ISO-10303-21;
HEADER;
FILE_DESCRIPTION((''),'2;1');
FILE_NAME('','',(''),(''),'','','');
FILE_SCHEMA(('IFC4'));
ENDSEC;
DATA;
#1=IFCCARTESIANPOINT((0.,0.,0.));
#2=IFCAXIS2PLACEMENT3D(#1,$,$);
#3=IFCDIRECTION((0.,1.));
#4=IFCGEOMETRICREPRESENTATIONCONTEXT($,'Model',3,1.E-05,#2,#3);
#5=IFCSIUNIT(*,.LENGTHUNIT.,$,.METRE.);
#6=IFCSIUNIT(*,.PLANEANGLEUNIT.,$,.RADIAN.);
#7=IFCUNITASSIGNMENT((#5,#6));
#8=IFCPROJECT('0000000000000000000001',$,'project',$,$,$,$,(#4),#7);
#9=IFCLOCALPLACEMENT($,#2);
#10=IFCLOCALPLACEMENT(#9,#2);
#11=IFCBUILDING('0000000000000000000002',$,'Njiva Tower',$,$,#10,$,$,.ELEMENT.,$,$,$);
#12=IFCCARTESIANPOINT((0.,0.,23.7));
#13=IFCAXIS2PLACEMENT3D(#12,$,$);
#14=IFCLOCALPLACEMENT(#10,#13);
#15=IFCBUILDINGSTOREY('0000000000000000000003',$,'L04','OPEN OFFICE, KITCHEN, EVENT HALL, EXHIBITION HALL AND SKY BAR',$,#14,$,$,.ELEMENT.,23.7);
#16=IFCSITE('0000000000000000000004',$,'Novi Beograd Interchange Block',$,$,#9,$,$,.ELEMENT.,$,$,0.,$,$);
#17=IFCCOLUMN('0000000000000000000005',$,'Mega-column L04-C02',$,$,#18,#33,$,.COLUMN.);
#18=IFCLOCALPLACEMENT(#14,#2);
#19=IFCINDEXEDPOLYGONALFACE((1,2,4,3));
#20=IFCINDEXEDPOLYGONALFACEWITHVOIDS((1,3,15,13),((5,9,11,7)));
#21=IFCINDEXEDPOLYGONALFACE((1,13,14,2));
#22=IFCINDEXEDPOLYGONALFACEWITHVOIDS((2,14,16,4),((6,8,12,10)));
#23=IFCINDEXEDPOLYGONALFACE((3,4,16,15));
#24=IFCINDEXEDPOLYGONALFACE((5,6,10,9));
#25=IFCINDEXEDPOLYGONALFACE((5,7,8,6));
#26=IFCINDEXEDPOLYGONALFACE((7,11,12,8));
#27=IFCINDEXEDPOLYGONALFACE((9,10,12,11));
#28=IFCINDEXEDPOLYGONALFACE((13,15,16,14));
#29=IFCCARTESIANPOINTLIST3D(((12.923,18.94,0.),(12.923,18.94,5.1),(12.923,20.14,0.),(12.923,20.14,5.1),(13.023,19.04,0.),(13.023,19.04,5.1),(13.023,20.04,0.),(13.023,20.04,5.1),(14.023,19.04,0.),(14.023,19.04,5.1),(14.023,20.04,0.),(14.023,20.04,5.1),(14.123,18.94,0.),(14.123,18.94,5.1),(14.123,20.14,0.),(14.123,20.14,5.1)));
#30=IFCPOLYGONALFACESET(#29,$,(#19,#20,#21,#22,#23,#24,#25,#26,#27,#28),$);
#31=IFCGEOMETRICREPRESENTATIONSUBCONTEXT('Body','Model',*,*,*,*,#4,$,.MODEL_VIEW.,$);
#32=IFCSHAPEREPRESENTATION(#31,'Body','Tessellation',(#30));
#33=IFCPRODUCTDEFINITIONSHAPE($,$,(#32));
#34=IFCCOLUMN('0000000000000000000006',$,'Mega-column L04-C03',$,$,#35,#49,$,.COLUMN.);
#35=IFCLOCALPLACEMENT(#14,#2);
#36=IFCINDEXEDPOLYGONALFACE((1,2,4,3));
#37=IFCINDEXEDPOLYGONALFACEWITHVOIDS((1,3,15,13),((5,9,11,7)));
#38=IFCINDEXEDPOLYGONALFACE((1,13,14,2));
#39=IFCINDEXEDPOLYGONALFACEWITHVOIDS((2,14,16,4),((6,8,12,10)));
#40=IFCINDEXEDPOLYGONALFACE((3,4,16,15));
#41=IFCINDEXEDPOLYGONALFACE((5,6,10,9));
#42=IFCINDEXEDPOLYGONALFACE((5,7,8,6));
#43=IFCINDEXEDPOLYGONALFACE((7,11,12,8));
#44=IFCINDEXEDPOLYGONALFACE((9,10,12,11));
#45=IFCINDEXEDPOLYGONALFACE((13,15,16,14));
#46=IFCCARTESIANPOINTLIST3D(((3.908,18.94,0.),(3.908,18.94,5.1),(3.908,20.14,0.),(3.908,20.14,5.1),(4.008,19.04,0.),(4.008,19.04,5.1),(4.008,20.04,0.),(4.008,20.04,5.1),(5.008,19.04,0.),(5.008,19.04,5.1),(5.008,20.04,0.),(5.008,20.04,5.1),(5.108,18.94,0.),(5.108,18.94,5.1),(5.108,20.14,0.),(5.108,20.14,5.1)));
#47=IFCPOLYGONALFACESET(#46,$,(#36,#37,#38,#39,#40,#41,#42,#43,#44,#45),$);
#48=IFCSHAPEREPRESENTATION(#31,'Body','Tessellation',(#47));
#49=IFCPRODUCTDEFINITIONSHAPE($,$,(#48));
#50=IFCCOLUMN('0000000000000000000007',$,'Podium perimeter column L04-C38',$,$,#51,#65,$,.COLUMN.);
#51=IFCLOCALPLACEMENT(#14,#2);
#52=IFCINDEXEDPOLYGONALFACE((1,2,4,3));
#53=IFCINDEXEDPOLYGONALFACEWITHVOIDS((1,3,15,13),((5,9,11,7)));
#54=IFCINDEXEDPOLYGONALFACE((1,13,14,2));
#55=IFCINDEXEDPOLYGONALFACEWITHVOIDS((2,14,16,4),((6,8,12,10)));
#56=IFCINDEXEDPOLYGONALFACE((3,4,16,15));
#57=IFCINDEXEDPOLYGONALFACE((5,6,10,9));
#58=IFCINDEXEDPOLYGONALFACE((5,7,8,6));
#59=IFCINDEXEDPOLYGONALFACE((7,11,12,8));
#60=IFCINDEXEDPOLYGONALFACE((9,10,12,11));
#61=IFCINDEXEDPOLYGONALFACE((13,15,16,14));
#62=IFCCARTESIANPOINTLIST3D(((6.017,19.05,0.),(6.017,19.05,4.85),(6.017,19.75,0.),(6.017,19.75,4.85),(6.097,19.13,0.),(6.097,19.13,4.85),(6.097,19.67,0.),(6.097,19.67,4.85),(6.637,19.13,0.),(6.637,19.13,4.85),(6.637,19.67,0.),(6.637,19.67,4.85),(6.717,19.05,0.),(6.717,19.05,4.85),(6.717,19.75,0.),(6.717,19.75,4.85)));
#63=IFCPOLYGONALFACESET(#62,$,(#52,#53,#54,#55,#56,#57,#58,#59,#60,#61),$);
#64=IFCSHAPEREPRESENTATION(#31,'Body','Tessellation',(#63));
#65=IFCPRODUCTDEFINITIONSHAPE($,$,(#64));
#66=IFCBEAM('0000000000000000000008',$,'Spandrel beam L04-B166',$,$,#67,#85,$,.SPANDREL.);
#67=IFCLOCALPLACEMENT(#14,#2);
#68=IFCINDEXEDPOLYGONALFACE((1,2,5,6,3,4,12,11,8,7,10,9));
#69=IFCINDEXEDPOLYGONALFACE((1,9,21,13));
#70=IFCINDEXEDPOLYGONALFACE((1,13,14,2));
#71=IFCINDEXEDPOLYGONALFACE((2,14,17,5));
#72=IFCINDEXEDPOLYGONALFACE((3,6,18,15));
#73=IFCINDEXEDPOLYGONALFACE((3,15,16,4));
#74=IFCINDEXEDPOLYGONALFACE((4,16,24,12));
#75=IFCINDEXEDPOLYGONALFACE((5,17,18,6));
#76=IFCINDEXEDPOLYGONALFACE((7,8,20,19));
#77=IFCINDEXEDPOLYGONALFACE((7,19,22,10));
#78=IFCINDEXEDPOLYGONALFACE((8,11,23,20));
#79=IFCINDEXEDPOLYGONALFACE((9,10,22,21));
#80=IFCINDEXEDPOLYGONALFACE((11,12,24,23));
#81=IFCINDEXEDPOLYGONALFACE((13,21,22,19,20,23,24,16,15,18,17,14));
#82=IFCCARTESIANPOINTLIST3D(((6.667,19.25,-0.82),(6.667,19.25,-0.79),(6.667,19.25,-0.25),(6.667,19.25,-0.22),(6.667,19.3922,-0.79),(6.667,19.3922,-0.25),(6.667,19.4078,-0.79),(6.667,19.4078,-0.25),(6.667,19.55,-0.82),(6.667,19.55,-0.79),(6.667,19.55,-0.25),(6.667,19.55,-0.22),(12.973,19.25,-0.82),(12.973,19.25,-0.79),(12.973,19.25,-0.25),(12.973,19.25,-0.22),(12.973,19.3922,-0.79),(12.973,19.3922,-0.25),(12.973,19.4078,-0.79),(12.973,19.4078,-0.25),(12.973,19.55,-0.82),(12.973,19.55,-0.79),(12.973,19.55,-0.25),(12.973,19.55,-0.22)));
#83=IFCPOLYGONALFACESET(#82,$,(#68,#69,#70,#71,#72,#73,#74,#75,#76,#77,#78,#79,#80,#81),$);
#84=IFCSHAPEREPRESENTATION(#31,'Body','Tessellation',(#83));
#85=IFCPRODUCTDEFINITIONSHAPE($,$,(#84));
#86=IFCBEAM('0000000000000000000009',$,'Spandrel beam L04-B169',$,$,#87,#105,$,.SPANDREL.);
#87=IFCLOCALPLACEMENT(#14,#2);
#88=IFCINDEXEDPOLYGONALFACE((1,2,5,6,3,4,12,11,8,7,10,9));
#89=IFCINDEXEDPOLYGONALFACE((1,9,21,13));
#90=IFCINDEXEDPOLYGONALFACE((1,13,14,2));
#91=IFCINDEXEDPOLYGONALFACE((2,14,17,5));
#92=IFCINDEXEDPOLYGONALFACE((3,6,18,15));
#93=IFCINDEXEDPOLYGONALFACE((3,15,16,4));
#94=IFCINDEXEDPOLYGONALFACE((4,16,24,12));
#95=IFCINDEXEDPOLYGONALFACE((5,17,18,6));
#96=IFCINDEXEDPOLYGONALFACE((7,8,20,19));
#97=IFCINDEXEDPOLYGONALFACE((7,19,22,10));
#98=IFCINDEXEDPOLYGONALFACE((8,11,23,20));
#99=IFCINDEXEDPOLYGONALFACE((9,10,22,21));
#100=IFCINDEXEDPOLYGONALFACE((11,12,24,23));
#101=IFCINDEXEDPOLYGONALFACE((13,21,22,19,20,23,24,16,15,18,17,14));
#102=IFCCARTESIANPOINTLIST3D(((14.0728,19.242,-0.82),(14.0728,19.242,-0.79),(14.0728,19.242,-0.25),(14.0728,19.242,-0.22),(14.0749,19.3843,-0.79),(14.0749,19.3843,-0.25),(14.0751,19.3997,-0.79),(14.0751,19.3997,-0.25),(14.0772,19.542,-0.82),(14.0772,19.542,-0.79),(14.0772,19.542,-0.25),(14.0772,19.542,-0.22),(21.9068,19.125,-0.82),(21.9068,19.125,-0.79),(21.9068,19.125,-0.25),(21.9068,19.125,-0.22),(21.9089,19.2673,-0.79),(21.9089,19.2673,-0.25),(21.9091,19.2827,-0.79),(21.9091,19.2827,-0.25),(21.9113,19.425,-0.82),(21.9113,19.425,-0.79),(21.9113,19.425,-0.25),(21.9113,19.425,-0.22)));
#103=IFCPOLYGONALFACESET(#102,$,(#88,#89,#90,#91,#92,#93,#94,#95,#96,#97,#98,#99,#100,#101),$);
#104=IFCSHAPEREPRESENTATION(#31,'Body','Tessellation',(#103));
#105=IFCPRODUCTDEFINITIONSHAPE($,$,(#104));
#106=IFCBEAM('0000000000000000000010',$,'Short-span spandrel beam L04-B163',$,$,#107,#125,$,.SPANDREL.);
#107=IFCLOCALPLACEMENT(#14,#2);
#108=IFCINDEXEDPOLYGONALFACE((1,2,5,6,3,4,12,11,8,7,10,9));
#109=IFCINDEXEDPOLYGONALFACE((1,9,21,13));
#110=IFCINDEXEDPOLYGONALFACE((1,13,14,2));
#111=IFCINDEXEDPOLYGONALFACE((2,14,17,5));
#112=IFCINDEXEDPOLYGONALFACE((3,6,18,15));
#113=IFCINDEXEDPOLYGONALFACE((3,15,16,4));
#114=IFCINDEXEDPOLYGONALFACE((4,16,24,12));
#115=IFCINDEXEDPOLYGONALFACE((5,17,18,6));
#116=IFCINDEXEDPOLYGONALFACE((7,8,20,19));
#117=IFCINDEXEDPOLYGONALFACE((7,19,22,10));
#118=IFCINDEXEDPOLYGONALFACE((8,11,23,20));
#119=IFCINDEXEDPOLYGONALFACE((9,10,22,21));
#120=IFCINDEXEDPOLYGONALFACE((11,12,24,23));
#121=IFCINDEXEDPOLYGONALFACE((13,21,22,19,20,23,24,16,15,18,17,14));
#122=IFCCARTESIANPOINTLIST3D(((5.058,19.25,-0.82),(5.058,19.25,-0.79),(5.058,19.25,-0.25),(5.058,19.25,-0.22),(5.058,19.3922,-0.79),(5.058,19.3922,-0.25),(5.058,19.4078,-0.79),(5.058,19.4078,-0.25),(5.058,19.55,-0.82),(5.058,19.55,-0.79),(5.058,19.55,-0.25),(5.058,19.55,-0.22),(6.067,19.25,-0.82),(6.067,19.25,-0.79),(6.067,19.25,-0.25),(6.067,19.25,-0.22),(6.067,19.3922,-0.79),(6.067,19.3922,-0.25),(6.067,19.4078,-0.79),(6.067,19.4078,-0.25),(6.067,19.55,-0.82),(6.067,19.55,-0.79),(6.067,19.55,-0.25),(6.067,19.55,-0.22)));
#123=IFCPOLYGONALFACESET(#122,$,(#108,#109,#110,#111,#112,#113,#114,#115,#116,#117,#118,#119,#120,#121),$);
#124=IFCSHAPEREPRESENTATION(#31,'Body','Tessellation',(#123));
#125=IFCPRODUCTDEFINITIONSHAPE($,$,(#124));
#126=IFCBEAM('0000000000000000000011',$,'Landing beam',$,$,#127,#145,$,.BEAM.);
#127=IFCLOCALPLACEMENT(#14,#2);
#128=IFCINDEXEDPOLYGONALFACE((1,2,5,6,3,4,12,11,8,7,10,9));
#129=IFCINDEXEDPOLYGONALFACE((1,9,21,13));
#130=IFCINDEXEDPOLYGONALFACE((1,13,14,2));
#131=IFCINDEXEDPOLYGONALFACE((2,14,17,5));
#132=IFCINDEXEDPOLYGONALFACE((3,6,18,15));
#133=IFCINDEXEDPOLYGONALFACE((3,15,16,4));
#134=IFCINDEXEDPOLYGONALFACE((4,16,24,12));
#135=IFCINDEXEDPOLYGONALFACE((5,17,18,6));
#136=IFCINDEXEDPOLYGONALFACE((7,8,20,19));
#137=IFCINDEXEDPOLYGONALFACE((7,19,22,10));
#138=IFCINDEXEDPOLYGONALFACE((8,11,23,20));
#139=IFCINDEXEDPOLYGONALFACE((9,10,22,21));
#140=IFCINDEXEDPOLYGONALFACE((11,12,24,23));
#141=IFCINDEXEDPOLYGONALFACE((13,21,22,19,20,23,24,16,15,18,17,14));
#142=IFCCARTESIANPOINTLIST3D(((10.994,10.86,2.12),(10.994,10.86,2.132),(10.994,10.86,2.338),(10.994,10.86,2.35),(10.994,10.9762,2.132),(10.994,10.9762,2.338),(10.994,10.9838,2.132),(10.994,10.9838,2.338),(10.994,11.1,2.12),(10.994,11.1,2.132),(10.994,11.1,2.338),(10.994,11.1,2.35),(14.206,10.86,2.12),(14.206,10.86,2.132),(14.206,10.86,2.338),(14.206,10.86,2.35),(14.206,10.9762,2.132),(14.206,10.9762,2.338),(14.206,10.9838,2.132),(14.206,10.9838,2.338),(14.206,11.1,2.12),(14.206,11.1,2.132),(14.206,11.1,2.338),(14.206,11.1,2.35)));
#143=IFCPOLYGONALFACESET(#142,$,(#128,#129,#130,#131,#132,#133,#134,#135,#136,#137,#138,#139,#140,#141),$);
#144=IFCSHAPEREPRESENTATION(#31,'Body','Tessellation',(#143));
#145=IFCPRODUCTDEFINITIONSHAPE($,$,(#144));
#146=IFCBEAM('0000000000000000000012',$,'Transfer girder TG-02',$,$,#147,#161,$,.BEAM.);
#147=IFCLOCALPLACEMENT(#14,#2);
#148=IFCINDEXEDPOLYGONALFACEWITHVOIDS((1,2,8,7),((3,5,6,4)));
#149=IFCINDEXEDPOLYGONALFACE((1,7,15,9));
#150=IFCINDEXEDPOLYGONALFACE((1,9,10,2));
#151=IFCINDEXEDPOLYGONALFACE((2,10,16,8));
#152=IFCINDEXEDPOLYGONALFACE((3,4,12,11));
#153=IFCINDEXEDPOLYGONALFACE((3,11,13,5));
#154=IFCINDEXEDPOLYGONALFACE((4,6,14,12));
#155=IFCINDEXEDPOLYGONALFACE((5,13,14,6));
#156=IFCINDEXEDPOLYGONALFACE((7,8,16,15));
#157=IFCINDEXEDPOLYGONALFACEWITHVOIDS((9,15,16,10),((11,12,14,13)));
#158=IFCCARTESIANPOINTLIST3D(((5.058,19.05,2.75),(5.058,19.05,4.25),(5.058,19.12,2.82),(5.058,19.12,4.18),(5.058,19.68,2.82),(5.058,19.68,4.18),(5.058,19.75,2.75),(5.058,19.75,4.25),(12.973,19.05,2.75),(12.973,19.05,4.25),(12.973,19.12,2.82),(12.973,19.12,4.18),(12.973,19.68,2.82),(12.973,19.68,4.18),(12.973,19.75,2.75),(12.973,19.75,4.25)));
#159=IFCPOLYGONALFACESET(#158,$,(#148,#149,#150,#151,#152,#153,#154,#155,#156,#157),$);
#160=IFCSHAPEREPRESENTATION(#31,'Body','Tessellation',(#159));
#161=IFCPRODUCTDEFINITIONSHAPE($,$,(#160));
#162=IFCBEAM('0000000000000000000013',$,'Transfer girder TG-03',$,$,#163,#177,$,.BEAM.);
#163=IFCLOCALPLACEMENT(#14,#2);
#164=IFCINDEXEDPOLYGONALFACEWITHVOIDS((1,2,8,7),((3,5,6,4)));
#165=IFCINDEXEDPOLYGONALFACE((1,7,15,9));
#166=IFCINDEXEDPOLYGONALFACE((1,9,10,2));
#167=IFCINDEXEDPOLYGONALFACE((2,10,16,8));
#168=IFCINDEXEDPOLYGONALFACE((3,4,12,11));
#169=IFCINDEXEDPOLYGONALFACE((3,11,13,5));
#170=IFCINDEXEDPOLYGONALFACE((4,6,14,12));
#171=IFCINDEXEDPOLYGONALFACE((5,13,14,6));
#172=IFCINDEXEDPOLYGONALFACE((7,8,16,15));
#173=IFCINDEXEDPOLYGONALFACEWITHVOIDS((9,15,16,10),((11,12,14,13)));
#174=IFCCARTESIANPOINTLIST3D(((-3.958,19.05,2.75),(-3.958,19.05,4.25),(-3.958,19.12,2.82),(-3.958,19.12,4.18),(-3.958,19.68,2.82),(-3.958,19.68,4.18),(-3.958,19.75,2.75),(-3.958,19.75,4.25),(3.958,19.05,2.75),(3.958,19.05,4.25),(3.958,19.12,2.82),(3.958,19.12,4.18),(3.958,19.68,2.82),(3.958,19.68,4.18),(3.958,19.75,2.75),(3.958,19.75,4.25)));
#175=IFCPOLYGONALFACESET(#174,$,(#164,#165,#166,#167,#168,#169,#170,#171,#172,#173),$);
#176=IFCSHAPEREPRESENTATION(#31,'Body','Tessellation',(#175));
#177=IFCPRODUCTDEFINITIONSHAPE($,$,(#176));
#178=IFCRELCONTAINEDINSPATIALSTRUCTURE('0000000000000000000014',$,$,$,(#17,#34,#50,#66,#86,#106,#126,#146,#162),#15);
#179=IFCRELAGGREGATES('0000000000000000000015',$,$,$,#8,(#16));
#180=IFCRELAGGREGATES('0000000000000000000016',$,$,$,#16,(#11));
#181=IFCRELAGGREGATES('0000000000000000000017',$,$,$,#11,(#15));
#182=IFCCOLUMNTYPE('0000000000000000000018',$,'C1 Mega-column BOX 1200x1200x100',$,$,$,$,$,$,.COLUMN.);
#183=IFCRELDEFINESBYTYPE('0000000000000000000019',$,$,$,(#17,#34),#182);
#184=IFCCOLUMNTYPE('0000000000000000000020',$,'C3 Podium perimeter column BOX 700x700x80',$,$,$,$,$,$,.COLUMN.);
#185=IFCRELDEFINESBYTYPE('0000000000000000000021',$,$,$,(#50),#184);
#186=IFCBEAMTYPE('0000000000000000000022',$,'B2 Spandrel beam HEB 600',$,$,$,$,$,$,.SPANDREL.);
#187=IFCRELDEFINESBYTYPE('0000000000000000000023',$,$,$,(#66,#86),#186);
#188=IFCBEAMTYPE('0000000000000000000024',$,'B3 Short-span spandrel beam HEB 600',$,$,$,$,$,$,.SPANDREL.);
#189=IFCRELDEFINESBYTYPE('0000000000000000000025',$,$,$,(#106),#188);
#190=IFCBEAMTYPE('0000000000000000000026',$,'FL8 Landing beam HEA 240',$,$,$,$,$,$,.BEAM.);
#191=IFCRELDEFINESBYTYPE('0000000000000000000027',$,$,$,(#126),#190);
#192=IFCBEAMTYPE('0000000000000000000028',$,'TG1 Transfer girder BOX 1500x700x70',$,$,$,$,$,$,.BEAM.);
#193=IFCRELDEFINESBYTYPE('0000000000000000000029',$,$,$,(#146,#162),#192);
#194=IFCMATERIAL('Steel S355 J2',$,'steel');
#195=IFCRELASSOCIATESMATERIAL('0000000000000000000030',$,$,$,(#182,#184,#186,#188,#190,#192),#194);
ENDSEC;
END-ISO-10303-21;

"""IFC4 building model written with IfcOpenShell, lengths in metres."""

from ifc_helpers import new_model, si_unit, direction, frame, origin, origin_2d, place, context, subcontext, project, spatial, hollow_rectangle, i_section, extrude, material, material_profile, profile_set, type_object, element, save


model = new_model("IFC4")

# Units and contexts
model_context = context("Model", 3, precision=1e-05, world=origin(), true_north=direction((0.0, 1.0)))
body_context = subcontext(model_context, "Body", "Model", "MODEL_VIEW")
ifc_project = project(units=[si_unit("LENGTHUNIT", "METRE"), si_unit("PLANEANGLEUNIT", "RADIAN")], contexts=[model_context])

# Site, building, storey
site_placement = place(None, origin())
site = spatial("IfcSite", under=ifc_project, at=site_placement, Name="Novi Beograd Interchange Block", CompositionType="ELEMENT", RefElevation=0.0)
building_placement = place(site_placement, origin())
building = spatial("IfcBuilding", under=site, at=building_placement, Name="Njiva Tower", CompositionType="ELEMENT")
storey_placement = place(building_placement, frame((0.0, 0.0, 23.7)))
storey = spatial("IfcBuildingStorey", under=building, at=storey_placement, Name="L04", Description="OPEN OFFICE, KITCHEN, EVENT HALL, EXHIBITION HALL AND SKY BAR", CompositionType="ELEMENT", Elevation=23.7)

# Columns
ifc_material_1 = material(Name="Steel S355 J2", Category="steel")
ifc_material_profile_1 = material_profile(ifc_material_1, hollow_rectangle(XDim=1.2, YDim=1.2, WallThickness=0.1, at=origin_2d()), Name="BOX 1200x1200x100")
ifc_profile_set_1 = profile_set([ifc_material_profile_1], Name="Steel S355 J2")
column_type_1 = type_object("IfcColumnType", Name="C1 Mega-column BOX 1200x1200x100", PredefinedType="COLUMN", material=ifc_profile_set_1)
for number, where, z_axis, x_axis, name in (
    (1, (13.523, 19.54, 0.0), (0.0, 0.0, 1.0), (-1.0, 0.0, 0.0), "Mega-column L04-C02"),
    (2, (4.508, 19.54, 0.0), (0.0, 0.0, 1.0), (-1.0, 0.0, 0.0), "Mega-column L04-C03"),
):
    element("IfcColumn", number, at=place(storey_placement, frame(where, z_axis=z_axis, x_axis=x_axis)), inside=storey, type_object=column_type_1, Name=name, PredefinedType="COLUMN", context=body_context, shape_type="SweptSolid", body=[
        extrude(hollow_rectangle(XDim=1.2, YDim=1.2, WallThickness=0.1, at=origin_2d()), origin(), (0.0, 0.0, 1.0), 5.1),
    ])
ifc_material_profile_2 = material_profile(ifc_material_1, hollow_rectangle(XDim=0.7, YDim=0.7, WallThickness=0.08, at=origin_2d()), Name="BOX 700x700x80")
ifc_profile_set_2 = profile_set([ifc_material_profile_2], Name="Steel S355 J2")
column_type_2 = type_object("IfcColumnType", Name="C3 Podium perimeter column BOX 700x700x80", PredefinedType="COLUMN", material=ifc_profile_set_2)
column_placement = place(storey_placement, frame((6.367, 19.4, 0.0), z_axis=(0.0, 0.0, 1.0), x_axis=(-1.0, 0.0, 0.0)))
element("IfcColumn", 3, at=column_placement, inside=storey, type_object=column_type_2, Name="Podium perimeter column L04-C38", PredefinedType="COLUMN", context=body_context, shape_type="SweptSolid", body=[
    extrude(hollow_rectangle(XDim=0.7, YDim=0.7, WallThickness=0.08, at=origin_2d()), origin(), (0.0, 0.0, 1.0), 4.85),
])

# Beams
ifc_material_profile_3 = material_profile(ifc_material_1, i_section(OverallWidth=0.3, OverallDepth=0.6, WebThickness=0.0155, FlangeThickness=0.03, at=origin_2d()), Name="HEB 600")
ifc_profile_set_3 = profile_set([ifc_material_profile_3], Name="Steel S355 J2")
beam_type_1 = type_object("IfcBeamType", Name="B2 Spandrel beam HEB 600", PredefinedType="SPANDREL", material=ifc_profile_set_3)
beam_1_placement = place(storey_placement, frame((6.667, 19.4, -0.52), z_axis=(1.0, 0.0, 0.0), x_axis=(0.0, 1.0, 0.0)))
element("IfcBeam", 4, at=beam_1_placement, inside=storey, type_object=beam_type_1, Name="Spandrel beam L04-B166", PredefinedType="SPANDREL", context=body_context, shape_type="SweptSolid", body=[
    extrude(i_section(OverallWidth=0.3, OverallDepth=0.6, WebThickness=0.0155, FlangeThickness=0.03, at=origin_2d()), origin(), (0.0, 0.0, 1.0), 6.306),
])
beam_2_placement = place(storey_placement, frame((14.075, 19.392, -0.52), z_axis=(0.999888, -0.014933, 0.0), x_axis=(0.014933, 0.999888, 0.0)))
element("IfcBeam", 5, at=beam_2_placement, inside=storey, type_object=beam_type_1, Name="Spandrel beam L04-B169", PredefinedType="SPANDREL", context=body_context, shape_type="SweptSolid", body=[
    extrude(i_section(OverallWidth=0.3, OverallDepth=0.6, WebThickness=0.0155, FlangeThickness=0.03, at=origin_2d()), origin(), (0.0, 0.0, 1.0), 7.8349),
])
ifc_material_profile_4 = material_profile(ifc_material_1, i_section(OverallWidth=0.3, OverallDepth=0.6, WebThickness=0.0155, FlangeThickness=0.03, at=origin_2d()), Name="HEB 600")
ifc_profile_set_4 = profile_set([ifc_material_profile_4], Name="Steel S355 J2")
beam_type_2 = type_object("IfcBeamType", Name="B3 Short-span spandrel beam HEB 600", PredefinedType="SPANDREL", material=ifc_profile_set_4)
beam_3_placement = place(storey_placement, frame((5.058, 19.4, -0.52), z_axis=(1.0, 0.0, 0.0), x_axis=(0.0, 1.0, 0.0)))
element("IfcBeam", 6, at=beam_3_placement, inside=storey, type_object=beam_type_2, Name="Short-span spandrel beam L04-B163", PredefinedType="SPANDREL", context=body_context, shape_type="SweptSolid", body=[
    extrude(i_section(OverallWidth=0.3, OverallDepth=0.6, WebThickness=0.0155, FlangeThickness=0.03, at=origin_2d()), origin(), (0.0, 0.0, 1.0), 1.009),
])
ifc_material_profile_5 = material_profile(ifc_material_1, i_section(OverallWidth=0.24, OverallDepth=0.23, WebThickness=0.0075, FlangeThickness=0.012, at=origin_2d()), Name="HEA240")
ifc_profile_set_5 = profile_set([ifc_material_profile_5], Name="Steel S355 J2")
beam_type_3 = type_object("IfcBeamType", Name="FL8 Landing beam HEA 240", PredefinedType="BEAM", material=ifc_profile_set_5)
beam_4_placement = place(storey_placement, frame((10.994, 10.98, 2.235), z_axis=(1.0, 0.0, 0.0), x_axis=(0.0, 1.0, 0.0)))
element("IfcBeam", 7, at=beam_4_placement, inside=storey, type_object=beam_type_3, Name="Landing beam", PredefinedType="BEAM", context=body_context, shape_type="SweptSolid", body=[
    extrude(i_section(OverallWidth=0.24, OverallDepth=0.23, WebThickness=0.0075, FlangeThickness=0.012, at=origin_2d()), origin(), (0.0, 0.0, 1.0), 3.212),
])
ifc_material_profile_6 = material_profile(ifc_material_1, hollow_rectangle(XDim=0.7, YDim=1.5, WallThickness=0.07, at=origin_2d()), Name="BOX 1500x700x70")
ifc_profile_set_6 = profile_set([ifc_material_profile_6], Name="Steel S355 J2")
beam_type_4 = type_object("IfcBeamType", Name="TG1 Transfer girder BOX 1500x700x70", PredefinedType="BEAM", material=ifc_profile_set_6)
beam_5_placement = place(storey_placement, frame((12.973, 19.4, 3.5), z_axis=(-1.0, 0.0, 0.0), x_axis=(0.0, -1.0, 0.0)))
element("IfcBeam", 8, at=beam_5_placement, inside=storey, type_object=beam_type_4, Name="Transfer girder TG-02", PredefinedType="BEAM", context=body_context, shape_type="SweptSolid", body=[
    extrude(hollow_rectangle(XDim=0.7, YDim=1.5, WallThickness=0.07, at=origin_2d()), origin(), (0.0, 0.0, 1.0), 7.915),
])
beam_6_placement = place(storey_placement, frame((3.958, 19.4, 3.5), z_axis=(-1.0, 0.0, 0.0), x_axis=(0.0, -1.0, 0.0)))
element("IfcBeam", 9, at=beam_6_placement, inside=storey, type_object=beam_type_4, Name="Transfer girder TG-03", PredefinedType="BEAM", context=body_context, shape_type="SweptSolid", body=[
    extrude(hollow_rectangle(XDim=0.7, YDim=1.5, WallThickness=0.07, at=origin_2d()), origin(), (0.0, 0.0, 1.0), 7.916),
])

save(model, "model.ifc")
